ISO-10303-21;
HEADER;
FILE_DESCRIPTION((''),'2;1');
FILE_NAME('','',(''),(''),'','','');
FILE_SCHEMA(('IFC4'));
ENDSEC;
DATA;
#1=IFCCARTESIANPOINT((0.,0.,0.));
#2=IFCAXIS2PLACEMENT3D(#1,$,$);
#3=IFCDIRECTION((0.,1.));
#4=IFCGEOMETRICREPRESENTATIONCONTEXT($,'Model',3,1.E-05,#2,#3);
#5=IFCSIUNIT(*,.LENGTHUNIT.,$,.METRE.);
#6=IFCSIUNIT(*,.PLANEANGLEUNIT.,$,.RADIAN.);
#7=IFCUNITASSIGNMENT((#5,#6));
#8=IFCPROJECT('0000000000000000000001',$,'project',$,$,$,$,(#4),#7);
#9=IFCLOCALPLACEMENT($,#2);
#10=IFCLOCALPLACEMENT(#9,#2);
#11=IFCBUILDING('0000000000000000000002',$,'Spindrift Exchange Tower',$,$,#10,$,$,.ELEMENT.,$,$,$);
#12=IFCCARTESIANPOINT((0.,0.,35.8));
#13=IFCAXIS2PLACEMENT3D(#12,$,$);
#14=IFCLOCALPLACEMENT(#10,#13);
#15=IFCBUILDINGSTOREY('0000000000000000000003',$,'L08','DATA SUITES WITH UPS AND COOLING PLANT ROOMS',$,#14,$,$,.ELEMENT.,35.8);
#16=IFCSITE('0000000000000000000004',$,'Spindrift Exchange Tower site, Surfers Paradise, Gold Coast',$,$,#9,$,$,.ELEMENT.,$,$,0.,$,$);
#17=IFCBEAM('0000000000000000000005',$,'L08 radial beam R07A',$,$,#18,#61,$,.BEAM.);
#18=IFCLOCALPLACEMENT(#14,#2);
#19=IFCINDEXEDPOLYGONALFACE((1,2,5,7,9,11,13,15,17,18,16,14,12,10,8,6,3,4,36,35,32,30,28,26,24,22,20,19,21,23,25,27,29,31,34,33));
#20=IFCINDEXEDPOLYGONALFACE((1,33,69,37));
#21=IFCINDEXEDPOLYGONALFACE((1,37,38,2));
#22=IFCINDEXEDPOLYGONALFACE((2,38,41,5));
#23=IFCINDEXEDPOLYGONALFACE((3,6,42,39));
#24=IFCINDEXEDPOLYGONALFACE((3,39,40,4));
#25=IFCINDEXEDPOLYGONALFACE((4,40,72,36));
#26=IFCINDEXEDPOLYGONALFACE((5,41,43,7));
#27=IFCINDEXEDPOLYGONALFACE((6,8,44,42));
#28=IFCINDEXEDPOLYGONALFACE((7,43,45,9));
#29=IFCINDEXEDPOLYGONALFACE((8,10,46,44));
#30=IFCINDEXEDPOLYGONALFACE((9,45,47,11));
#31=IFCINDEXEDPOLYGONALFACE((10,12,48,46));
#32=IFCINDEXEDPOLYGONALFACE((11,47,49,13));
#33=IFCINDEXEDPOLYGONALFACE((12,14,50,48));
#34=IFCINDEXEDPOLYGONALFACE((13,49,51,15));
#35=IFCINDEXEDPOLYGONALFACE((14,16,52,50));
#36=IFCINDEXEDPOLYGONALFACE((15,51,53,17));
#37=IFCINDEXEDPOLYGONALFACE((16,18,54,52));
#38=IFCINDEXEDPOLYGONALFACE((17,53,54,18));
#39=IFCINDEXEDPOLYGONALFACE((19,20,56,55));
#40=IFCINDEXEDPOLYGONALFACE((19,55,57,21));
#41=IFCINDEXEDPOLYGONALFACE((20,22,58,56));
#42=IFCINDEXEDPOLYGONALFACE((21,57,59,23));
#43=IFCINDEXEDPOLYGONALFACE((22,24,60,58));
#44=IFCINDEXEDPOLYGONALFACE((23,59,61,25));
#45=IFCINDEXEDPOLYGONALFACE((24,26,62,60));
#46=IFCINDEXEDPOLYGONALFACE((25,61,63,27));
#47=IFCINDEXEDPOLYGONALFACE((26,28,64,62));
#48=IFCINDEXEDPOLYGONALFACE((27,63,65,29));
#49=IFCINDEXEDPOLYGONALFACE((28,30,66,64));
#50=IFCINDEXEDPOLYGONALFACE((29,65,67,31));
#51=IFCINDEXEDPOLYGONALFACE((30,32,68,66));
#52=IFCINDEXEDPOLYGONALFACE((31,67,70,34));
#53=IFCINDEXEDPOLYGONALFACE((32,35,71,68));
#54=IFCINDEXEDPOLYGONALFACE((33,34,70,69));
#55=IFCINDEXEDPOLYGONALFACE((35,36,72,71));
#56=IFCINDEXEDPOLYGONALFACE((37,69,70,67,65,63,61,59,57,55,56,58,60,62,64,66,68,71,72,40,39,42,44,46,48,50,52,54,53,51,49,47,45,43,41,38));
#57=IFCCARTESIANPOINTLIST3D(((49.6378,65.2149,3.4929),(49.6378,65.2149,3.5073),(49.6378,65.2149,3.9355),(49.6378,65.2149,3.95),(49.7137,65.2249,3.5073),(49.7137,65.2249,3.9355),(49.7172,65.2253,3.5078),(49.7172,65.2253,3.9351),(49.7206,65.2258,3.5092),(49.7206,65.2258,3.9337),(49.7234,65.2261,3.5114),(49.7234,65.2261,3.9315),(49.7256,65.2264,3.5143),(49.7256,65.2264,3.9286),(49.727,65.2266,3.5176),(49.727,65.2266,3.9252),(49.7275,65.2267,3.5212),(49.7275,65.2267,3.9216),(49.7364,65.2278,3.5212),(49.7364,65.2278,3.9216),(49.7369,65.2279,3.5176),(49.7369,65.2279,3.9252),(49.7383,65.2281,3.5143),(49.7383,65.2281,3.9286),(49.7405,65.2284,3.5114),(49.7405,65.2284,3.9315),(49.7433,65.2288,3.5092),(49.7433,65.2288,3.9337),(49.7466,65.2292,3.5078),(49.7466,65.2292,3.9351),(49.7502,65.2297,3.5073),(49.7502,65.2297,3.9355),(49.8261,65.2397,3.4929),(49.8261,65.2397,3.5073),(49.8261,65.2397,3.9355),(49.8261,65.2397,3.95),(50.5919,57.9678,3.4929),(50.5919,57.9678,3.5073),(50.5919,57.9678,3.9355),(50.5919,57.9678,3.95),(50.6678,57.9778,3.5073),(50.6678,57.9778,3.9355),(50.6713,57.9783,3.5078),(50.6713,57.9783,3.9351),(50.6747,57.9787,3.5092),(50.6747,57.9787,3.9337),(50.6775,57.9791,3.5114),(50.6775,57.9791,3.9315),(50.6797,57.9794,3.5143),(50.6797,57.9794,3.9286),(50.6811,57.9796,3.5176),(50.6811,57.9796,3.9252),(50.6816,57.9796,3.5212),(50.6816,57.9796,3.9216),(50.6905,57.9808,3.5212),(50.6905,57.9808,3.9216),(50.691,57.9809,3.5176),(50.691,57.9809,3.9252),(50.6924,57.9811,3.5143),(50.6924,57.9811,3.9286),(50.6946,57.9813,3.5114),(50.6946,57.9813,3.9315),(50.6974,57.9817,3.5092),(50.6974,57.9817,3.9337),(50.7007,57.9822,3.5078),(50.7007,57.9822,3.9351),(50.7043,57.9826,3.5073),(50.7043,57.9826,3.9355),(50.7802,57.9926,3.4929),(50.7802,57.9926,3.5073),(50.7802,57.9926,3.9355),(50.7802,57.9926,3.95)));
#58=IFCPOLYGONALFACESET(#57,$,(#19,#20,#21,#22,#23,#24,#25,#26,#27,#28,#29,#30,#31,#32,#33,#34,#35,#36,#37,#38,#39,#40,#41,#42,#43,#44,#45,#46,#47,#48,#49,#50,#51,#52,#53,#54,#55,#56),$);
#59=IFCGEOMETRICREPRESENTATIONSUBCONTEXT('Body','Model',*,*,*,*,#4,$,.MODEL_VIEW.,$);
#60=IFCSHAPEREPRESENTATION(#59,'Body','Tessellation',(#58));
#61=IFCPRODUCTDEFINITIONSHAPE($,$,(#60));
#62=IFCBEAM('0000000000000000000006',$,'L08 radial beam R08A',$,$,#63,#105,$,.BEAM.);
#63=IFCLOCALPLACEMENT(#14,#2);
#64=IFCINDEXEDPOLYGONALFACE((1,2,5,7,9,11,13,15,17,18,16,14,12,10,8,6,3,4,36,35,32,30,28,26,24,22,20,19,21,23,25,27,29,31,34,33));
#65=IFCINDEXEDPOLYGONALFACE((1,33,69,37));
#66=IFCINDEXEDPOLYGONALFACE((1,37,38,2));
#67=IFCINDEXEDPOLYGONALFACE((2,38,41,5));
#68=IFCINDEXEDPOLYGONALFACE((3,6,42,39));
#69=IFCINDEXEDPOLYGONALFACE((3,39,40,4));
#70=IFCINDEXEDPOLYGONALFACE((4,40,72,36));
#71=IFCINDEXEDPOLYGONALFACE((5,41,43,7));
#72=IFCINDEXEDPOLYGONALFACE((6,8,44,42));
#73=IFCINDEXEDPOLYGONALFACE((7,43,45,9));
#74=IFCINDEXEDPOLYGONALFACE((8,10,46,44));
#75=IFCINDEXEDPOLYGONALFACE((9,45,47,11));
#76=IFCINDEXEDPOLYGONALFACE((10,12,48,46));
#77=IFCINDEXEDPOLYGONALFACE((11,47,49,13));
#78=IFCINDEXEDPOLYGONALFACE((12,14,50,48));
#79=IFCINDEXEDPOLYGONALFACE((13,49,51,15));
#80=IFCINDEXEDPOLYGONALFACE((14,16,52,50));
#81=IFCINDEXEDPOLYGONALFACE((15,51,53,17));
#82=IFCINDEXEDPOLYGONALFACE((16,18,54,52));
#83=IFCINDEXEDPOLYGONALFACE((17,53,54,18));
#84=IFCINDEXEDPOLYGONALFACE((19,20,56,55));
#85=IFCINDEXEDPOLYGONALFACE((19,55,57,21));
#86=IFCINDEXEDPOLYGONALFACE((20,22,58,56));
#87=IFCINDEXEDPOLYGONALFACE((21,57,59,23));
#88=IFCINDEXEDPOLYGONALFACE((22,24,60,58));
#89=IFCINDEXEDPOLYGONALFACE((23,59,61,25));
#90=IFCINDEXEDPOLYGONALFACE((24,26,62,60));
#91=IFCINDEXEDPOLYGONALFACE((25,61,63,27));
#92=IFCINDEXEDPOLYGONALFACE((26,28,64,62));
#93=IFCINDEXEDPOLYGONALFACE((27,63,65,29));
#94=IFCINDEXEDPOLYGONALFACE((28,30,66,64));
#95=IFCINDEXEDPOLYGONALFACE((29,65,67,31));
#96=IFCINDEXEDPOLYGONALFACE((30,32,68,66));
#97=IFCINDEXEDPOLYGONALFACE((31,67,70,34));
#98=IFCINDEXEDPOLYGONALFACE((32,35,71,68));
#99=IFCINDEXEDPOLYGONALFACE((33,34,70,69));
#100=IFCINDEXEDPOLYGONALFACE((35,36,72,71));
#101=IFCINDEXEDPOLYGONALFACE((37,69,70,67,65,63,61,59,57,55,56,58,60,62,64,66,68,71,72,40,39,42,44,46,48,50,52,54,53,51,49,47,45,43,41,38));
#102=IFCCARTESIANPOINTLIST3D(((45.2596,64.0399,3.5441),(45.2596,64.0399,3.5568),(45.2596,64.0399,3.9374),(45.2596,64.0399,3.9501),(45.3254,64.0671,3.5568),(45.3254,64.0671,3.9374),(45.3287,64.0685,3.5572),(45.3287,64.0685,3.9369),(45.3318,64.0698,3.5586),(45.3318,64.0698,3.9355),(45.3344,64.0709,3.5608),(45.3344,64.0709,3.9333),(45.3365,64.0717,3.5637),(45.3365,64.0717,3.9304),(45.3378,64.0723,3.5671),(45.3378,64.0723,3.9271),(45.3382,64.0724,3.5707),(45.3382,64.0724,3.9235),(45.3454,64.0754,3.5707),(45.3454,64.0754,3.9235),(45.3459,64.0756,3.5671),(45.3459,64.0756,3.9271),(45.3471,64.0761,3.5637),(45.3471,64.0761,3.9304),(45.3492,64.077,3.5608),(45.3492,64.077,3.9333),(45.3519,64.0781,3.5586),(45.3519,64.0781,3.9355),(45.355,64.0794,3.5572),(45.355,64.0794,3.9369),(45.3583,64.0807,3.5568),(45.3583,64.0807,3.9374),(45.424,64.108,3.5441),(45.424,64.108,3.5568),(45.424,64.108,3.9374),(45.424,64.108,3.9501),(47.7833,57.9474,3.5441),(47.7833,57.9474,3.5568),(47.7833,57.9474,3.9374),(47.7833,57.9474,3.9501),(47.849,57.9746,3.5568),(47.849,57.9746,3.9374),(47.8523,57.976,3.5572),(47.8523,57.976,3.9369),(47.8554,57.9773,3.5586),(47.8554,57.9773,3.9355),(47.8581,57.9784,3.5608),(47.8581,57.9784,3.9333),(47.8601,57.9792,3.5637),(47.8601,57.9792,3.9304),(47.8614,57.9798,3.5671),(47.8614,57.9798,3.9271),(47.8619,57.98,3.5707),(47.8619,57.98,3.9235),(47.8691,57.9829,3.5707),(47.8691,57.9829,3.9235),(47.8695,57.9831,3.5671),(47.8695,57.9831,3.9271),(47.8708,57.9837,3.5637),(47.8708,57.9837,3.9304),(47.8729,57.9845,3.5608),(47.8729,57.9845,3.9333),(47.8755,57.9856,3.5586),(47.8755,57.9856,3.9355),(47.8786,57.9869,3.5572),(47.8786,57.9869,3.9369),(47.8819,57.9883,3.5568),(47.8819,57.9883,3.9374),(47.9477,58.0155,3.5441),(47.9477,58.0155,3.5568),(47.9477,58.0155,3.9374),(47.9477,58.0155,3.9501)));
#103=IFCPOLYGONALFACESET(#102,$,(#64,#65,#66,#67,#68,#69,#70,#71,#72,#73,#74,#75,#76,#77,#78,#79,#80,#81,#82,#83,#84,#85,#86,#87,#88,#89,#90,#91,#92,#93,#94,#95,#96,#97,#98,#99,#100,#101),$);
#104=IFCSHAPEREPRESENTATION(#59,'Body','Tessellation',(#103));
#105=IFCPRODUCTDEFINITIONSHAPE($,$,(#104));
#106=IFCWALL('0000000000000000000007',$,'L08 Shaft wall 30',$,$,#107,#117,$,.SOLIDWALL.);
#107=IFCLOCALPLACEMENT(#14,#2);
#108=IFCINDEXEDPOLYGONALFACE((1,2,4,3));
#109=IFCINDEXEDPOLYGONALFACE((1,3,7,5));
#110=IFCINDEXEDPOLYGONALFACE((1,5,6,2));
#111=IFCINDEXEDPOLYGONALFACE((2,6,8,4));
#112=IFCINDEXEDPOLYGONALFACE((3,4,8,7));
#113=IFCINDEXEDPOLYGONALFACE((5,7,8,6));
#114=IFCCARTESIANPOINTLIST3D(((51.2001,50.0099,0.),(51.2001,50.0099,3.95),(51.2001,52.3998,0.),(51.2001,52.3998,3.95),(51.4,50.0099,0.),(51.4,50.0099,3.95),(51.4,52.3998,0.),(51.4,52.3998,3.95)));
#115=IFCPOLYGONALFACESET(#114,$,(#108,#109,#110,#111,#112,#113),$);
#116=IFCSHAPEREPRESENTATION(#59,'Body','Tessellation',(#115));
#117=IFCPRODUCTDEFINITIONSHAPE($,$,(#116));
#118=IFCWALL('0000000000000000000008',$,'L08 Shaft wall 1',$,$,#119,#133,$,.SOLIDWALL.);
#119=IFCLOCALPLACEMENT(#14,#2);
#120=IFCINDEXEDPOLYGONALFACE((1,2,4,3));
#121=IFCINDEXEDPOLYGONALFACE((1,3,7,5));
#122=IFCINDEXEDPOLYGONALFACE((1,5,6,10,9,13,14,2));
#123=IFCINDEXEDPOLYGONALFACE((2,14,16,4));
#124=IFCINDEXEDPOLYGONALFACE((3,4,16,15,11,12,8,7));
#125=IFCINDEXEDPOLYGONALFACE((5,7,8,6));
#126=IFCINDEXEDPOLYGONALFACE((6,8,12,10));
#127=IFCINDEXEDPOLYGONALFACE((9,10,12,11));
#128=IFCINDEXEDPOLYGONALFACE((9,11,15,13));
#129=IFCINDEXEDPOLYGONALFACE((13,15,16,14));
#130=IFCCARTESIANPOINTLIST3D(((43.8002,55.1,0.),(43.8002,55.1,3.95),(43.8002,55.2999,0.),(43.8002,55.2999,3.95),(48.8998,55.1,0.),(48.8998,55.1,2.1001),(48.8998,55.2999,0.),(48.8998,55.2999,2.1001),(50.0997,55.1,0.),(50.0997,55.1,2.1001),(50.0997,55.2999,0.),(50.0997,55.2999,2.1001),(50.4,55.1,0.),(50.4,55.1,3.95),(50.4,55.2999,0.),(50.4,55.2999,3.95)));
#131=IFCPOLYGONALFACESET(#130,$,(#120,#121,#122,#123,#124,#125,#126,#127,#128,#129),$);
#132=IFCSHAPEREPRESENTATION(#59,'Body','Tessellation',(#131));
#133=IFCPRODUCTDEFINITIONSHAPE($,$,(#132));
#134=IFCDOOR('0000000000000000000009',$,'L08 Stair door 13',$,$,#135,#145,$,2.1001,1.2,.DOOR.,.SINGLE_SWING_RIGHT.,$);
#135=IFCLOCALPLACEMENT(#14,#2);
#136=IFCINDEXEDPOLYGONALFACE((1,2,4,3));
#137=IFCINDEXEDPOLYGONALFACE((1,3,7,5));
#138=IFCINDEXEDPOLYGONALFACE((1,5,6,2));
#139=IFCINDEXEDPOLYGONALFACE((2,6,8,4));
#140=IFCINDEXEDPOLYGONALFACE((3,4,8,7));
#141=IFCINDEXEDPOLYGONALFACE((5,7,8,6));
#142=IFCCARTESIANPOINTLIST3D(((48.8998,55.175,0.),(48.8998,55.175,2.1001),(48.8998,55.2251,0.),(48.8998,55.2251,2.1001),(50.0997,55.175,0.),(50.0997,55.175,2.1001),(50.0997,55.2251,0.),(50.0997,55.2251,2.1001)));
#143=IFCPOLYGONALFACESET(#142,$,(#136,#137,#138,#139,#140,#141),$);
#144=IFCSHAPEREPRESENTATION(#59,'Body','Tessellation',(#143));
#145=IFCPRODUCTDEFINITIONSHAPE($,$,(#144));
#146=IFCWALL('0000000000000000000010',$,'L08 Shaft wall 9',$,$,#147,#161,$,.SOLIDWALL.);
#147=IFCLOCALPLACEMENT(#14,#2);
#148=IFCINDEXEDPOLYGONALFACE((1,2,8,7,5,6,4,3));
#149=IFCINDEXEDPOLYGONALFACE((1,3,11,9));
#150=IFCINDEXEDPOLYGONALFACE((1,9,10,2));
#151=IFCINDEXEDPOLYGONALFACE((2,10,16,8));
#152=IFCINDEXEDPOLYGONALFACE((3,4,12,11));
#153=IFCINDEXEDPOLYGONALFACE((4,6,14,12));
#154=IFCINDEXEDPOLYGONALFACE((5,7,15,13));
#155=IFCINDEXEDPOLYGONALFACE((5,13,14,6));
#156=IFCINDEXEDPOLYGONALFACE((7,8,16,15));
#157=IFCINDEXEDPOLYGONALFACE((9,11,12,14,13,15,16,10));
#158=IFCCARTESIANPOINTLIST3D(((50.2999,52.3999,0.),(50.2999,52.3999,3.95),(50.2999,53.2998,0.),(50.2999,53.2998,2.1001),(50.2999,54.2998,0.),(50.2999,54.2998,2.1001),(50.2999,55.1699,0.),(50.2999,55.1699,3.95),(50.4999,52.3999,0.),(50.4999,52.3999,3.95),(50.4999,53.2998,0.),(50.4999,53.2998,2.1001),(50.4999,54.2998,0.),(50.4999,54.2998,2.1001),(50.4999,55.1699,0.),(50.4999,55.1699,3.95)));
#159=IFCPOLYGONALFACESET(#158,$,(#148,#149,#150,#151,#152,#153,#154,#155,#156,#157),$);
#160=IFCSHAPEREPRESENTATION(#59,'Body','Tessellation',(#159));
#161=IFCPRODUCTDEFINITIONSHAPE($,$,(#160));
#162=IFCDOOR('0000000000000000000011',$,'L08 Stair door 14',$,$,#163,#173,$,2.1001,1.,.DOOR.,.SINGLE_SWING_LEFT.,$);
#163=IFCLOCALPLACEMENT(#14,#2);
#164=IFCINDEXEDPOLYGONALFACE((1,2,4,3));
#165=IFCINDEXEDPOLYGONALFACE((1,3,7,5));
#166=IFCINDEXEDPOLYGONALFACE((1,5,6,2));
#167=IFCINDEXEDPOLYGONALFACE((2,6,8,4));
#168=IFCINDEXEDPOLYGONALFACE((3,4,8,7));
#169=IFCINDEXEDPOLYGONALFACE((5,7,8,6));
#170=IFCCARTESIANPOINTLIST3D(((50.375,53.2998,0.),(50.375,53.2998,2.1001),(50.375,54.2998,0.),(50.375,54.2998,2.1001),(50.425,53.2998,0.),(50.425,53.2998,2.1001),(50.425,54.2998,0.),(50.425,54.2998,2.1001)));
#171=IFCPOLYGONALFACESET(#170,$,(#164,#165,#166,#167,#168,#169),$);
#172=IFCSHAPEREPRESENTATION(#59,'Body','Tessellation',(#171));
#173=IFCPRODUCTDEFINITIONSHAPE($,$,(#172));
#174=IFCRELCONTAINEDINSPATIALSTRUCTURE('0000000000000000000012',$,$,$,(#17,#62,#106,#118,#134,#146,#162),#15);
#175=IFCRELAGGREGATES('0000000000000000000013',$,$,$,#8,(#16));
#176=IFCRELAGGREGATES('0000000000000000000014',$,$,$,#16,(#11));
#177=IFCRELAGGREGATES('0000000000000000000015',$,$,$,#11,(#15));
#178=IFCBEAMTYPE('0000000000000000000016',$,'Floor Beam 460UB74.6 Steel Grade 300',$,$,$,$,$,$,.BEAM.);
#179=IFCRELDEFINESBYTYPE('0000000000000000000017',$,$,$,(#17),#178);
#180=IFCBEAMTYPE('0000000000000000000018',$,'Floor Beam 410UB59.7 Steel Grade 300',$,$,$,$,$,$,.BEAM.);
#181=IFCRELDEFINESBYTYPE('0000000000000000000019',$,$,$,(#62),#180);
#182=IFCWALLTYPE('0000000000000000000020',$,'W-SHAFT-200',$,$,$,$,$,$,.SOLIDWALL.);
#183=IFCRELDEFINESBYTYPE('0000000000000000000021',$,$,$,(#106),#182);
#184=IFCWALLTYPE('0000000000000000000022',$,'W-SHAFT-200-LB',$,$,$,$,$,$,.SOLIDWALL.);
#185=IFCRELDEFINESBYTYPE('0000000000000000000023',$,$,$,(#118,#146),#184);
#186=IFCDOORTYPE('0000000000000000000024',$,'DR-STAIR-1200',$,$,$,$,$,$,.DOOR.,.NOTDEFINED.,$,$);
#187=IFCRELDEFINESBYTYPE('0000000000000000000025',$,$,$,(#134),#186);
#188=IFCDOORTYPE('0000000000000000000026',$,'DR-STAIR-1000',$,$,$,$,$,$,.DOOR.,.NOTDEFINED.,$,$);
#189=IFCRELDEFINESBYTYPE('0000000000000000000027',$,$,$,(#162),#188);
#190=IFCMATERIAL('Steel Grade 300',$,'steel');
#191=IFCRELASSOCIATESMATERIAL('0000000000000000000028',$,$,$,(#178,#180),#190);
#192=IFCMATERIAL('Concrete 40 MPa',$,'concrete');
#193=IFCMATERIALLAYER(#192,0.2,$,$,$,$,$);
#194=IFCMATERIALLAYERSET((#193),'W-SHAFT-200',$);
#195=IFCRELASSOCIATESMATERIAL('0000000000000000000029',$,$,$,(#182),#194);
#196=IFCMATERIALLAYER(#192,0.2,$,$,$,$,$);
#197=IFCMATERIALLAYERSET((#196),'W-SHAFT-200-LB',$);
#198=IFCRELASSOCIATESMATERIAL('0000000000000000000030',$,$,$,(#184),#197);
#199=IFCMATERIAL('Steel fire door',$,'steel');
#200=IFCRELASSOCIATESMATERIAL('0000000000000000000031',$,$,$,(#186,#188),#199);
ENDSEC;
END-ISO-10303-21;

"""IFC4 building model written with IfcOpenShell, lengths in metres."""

from ifc_helpers import new_model, si_unit, direction, frame, frame_2d, origin, origin_2d, place, context, subcontext, project, spatial, rectangle, i_section, extrude, source, transform, mapped, material, layer, layer_set, material_profile, profile_set, type_object, element, fill, save


model = new_model("IFC4")

# Units and contexts
model_context = context("Model", 3, precision=1e-05, world=origin(), true_north=direction((0.0, 1.0)))
body_context = subcontext(model_context, "Body", "Model", "MODEL_VIEW")
ifc_project = project(units=[si_unit("LENGTHUNIT", "METRE"), si_unit("PLANEANGLEUNIT", "RADIAN")], contexts=[model_context])

# Site, building, storey
site_placement = place(None, origin())
site = spatial("IfcSite", under=ifc_project, at=site_placement, Name="Spindrift Exchange Tower site, Surfers Paradise, Gold Coast", CompositionType="ELEMENT", RefElevation=0.0)
building_placement = place(site_placement, origin())
building = spatial("IfcBuilding", under=site, at=building_placement, Name="Spindrift Exchange Tower", CompositionType="ELEMENT")
storey_placement = place(building_placement, frame((0.0, 0.0, 35.8)))
storey = spatial("IfcBuildingStorey", under=building, at=storey_placement, Name="L08", Description="DATA SUITES WITH UPS AND COOLING PLANT ROOMS", CompositionType="ELEMENT", Elevation=35.8)

# Beams
ifc_material_1 = material(Name="Steel Grade 300", Category="steel")
ifc_material_profile_1 = material_profile(ifc_material_1, i_section(OverallWidth=0.1899, OverallDepth=0.457, WebThickness=0.009, FlangeThickness=0.0144, FilletRadius=0.0139, at=origin_2d()), Name="460UB74.6")
ifc_profile_set_1 = profile_set([ifc_material_profile_1], Name="Steel Grade 300")
beam_type_1 = type_object("IfcBeamType", Name="Floor Beam 460UB74.6 Steel Grade 300", PredefinedType="BEAM", material=ifc_profile_set_1)
shared_shape_1 = source(origin(), body_context, "Body", "SweptSolid", [
    extrude(i_section(OverallWidth=0.1899, OverallDepth=0.457, WebThickness=0.009, FlangeThickness=0.0144, FilletRadius=0.0139, at=origin_2d()), origin(), (0.0, 0.0, 1.0), 7.3096),
])
beam_1_placement = place(storey_placement, frame((50.686, 57.9802, 3.7214), z_axis=(-0.130527, 0.991445, 0.0), x_axis=(-0.991445, -0.130527, 0.0)))
element("IfcBeam", 1, at=beam_1_placement, inside=storey, type_object=beam_type_1, Name="L08 radial beam R07A", PredefinedType="BEAM", context=body_context, shape_type="MappedRepresentation", body=[
    mapped(shared_shape_1, transform((0.0, 0.0, 0.0), scale=1.0)),
])
ifc_material_profile_2 = material_profile(ifc_material_1, i_section(OverallWidth=0.178, OverallDepth=0.406, WebThickness=0.0078, FlangeThickness=0.0127, FilletRadius=0.0139, at=origin_2d()), Name="410UB59.7")
ifc_profile_set_2 = profile_set([ifc_material_profile_2], Name="Steel Grade 300")
beam_type_2 = type_object("IfcBeamType", Name="Floor Beam 410UB59.7 Steel Grade 300", PredefinedType="BEAM", material=ifc_profile_set_2)
shared_shape_2 = source(origin(), body_context, "Body", "SweptSolid", [
    extrude(i_section(OverallWidth=0.178, OverallDepth=0.406, WebThickness=0.0078, FlangeThickness=0.0127, FilletRadius=0.0139, at=origin_2d()), origin(), (0.0, 0.0, 1.0), 6.5945),
])
beam_2_placement = place(storey_placement, frame((47.8655, 57.9814, 3.7471), z_axis=(-0.382693, 0.923876, 0.0), x_axis=(-0.923876, -0.382693, 0.0)))
element("IfcBeam", 2, at=beam_2_placement, inside=storey, type_object=beam_type_2, Name="L08 radial beam R08A", PredefinedType="BEAM", context=body_context, shape_type="MappedRepresentation", body=[
    mapped(shared_shape_2, transform((0.0, 0.0, 0.0), scale=1.0)),
])

# Wall
ifc_material_2 = material(Name="Concrete 40 MPa", Category="concrete")
ifc_layer_1 = layer(ifc_material_2, 0.2)
ifc_layer_set_1 = layer_set([ifc_layer_1], Name="W-SHAFT-200")
wall_type_1 = type_object("IfcWallType", Name="W-SHAFT-200", PredefinedType="SOLIDWALL", material=ifc_layer_set_1)
wall_1_placement = place(storey_placement, frame((51.3, 50.01, 0.0), z_axis=(0.0, 0.0, 1.0), x_axis=(0.0, 1.0, 0.0)))
element("IfcWall", 3, at=wall_1_placement, inside=storey, type_object=wall_type_1, Name="L08 Shaft wall 30", PredefinedType="SOLIDWALL", context=body_context, shape_type="SweptSolid", body=[
    extrude(rectangle(XDim=2.3899, YDim=0.2, at=frame_2d((1.1948, 0.0))), origin(), (0.0, 0.0, 1.0), 3.95),
])

# Walls, openings, doors
ifc_layer_2 = layer(ifc_material_2, 0.2)
ifc_layer_set_2 = layer_set([ifc_layer_2], Name="W-SHAFT-200-LB")
wall_type_2 = type_object("IfcWallType", Name="W-SHAFT-200-LB", PredefinedType="SOLIDWALL", material=ifc_layer_set_2)
wall_2_placement = place(storey_placement, frame((50.3999, 55.2, 0.0), z_axis=(0.0, 0.0, 1.0), x_axis=(-1.0, 0.0, 0.0)))
wall_2 = element("IfcWall", 4, at=wall_2_placement, inside=storey, type_object=wall_type_2, Name="L08 Shaft wall 1", PredefinedType="SOLIDWALL", context=body_context, shape_type="SweptSolid", body=[
    extrude(rectangle(XDim=6.5999, YDim=0.2, at=frame_2d((3.2998, 0.0))), origin(), (0.0, 0.0, 1.0), 3.95),
])
opening_1_placement = place(wall_2_placement, frame((0.3, 0.0, 0.0)))
opening_1 = element("IfcOpeningElement", 5, at=opening_1_placement, cuts=wall_2, PredefinedType="OPENING", context=body_context, shape_type="SweptSolid", body=[
    extrude(rectangle(XDim=1.2, YDim=2.1001, at=frame_2d((0.6001, 1.05))), frame((0.0, 0.1099, 0.0), z_axis=(0.0, -1.0, 0.0), x_axis=(1.0, 0.0, 0.0)), (0.0, 0.0, 1.0), 0.22),
])
ifc_material_3 = material(Name="Steel fire door", Category="steel")
door_type_1 = type_object("IfcDoorType", Name="DR-STAIR-1200", OperationType="NOTDEFINED", PredefinedType="DOOR", material=ifc_material_3)
shared_shape_3 = source(origin(), body_context, "Body", "SweptSolid", [
    extrude(rectangle(XDim=1.2, YDim=2.1001, at=frame_2d((0.6001, 1.05))), frame((0.0, 0.0249, 0.0), z_axis=(0.0, -1.0, 0.0), x_axis=(1.0, 0.0, 0.0)), (0.0, 0.0, 1.0), 0.05),
])
door_1_placement = place(opening_1_placement, origin())
door_1 = element("IfcDoor", 6, at=door_1_placement, inside=storey, type_object=door_type_1, Name="L08 Stair door 13", OperationType="SINGLE_SWING_RIGHT", OverallHeight=2.1001, OverallWidth=1.2, PredefinedType="DOOR", context=body_context, shape_type="MappedRepresentation", body=[
    mapped(shared_shape_3, transform((0.0, 0.0, 0.0), scale=1.0)),
])
fill(opening_1, door_1)
wall_3_placement = place(storey_placement, frame((50.3999, 52.3999, 0.0), z_axis=(0.0, 0.0, 1.0), x_axis=(0.0, 1.0, 0.0)))
wall_3 = element("IfcWall", 7, at=wall_3_placement, inside=storey, type_object=wall_type_2, Name="L08 Shaft wall 9", PredefinedType="SOLIDWALL", context=body_context, shape_type="SweptSolid", body=[
    extrude(rectangle(XDim=2.77, YDim=0.2, at=frame_2d((1.385, 0.0))), origin(), (0.0, 0.0, 1.0), 3.95),
])
opening_2_placement = place(wall_3_placement, frame((0.8999, 0.0, 0.0)))
opening_2 = element("IfcOpeningElement", 8, at=opening_2_placement, cuts=wall_3, PredefinedType="OPENING", context=body_context, shape_type="SweptSolid", body=[
    extrude(rectangle(XDim=1.0, YDim=2.1001, at=frame_2d((0.5, 1.05))), frame((0.0, 0.1099, 0.0), z_axis=(0.0, -1.0, 0.0), x_axis=(1.0, 0.0, 0.0)), (0.0, 0.0, 1.0), 0.22),
])
door_type_2 = type_object("IfcDoorType", Name="DR-STAIR-1000", OperationType="NOTDEFINED", PredefinedType="DOOR", material=ifc_material_3)
shared_shape_4 = source(origin(), body_context, "Body", "SweptSolid", [
    extrude(rectangle(XDim=1.0, YDim=2.1001, at=frame_2d((0.5, 1.05))), frame((0.0, 0.0249, 0.0), z_axis=(0.0, -1.0, 0.0), x_axis=(1.0, 0.0, 0.0)), (0.0, 0.0, 1.0), 0.05),
])
door_2_placement = place(opening_2_placement, origin())
door_2 = element("IfcDoor", 9, at=door_2_placement, inside=storey, type_object=door_type_2, Name="L08 Stair door 14", OperationType="SINGLE_SWING_LEFT", OverallHeight=2.1001, OverallWidth=1.0, PredefinedType="DOOR", context=body_context, shape_type="MappedRepresentation", body=[
    mapped(shared_shape_4, transform((0.0, 0.0, 0.0), scale=1.0)),
])
fill(opening_2, door_2)

save(model, "model.ifc")
